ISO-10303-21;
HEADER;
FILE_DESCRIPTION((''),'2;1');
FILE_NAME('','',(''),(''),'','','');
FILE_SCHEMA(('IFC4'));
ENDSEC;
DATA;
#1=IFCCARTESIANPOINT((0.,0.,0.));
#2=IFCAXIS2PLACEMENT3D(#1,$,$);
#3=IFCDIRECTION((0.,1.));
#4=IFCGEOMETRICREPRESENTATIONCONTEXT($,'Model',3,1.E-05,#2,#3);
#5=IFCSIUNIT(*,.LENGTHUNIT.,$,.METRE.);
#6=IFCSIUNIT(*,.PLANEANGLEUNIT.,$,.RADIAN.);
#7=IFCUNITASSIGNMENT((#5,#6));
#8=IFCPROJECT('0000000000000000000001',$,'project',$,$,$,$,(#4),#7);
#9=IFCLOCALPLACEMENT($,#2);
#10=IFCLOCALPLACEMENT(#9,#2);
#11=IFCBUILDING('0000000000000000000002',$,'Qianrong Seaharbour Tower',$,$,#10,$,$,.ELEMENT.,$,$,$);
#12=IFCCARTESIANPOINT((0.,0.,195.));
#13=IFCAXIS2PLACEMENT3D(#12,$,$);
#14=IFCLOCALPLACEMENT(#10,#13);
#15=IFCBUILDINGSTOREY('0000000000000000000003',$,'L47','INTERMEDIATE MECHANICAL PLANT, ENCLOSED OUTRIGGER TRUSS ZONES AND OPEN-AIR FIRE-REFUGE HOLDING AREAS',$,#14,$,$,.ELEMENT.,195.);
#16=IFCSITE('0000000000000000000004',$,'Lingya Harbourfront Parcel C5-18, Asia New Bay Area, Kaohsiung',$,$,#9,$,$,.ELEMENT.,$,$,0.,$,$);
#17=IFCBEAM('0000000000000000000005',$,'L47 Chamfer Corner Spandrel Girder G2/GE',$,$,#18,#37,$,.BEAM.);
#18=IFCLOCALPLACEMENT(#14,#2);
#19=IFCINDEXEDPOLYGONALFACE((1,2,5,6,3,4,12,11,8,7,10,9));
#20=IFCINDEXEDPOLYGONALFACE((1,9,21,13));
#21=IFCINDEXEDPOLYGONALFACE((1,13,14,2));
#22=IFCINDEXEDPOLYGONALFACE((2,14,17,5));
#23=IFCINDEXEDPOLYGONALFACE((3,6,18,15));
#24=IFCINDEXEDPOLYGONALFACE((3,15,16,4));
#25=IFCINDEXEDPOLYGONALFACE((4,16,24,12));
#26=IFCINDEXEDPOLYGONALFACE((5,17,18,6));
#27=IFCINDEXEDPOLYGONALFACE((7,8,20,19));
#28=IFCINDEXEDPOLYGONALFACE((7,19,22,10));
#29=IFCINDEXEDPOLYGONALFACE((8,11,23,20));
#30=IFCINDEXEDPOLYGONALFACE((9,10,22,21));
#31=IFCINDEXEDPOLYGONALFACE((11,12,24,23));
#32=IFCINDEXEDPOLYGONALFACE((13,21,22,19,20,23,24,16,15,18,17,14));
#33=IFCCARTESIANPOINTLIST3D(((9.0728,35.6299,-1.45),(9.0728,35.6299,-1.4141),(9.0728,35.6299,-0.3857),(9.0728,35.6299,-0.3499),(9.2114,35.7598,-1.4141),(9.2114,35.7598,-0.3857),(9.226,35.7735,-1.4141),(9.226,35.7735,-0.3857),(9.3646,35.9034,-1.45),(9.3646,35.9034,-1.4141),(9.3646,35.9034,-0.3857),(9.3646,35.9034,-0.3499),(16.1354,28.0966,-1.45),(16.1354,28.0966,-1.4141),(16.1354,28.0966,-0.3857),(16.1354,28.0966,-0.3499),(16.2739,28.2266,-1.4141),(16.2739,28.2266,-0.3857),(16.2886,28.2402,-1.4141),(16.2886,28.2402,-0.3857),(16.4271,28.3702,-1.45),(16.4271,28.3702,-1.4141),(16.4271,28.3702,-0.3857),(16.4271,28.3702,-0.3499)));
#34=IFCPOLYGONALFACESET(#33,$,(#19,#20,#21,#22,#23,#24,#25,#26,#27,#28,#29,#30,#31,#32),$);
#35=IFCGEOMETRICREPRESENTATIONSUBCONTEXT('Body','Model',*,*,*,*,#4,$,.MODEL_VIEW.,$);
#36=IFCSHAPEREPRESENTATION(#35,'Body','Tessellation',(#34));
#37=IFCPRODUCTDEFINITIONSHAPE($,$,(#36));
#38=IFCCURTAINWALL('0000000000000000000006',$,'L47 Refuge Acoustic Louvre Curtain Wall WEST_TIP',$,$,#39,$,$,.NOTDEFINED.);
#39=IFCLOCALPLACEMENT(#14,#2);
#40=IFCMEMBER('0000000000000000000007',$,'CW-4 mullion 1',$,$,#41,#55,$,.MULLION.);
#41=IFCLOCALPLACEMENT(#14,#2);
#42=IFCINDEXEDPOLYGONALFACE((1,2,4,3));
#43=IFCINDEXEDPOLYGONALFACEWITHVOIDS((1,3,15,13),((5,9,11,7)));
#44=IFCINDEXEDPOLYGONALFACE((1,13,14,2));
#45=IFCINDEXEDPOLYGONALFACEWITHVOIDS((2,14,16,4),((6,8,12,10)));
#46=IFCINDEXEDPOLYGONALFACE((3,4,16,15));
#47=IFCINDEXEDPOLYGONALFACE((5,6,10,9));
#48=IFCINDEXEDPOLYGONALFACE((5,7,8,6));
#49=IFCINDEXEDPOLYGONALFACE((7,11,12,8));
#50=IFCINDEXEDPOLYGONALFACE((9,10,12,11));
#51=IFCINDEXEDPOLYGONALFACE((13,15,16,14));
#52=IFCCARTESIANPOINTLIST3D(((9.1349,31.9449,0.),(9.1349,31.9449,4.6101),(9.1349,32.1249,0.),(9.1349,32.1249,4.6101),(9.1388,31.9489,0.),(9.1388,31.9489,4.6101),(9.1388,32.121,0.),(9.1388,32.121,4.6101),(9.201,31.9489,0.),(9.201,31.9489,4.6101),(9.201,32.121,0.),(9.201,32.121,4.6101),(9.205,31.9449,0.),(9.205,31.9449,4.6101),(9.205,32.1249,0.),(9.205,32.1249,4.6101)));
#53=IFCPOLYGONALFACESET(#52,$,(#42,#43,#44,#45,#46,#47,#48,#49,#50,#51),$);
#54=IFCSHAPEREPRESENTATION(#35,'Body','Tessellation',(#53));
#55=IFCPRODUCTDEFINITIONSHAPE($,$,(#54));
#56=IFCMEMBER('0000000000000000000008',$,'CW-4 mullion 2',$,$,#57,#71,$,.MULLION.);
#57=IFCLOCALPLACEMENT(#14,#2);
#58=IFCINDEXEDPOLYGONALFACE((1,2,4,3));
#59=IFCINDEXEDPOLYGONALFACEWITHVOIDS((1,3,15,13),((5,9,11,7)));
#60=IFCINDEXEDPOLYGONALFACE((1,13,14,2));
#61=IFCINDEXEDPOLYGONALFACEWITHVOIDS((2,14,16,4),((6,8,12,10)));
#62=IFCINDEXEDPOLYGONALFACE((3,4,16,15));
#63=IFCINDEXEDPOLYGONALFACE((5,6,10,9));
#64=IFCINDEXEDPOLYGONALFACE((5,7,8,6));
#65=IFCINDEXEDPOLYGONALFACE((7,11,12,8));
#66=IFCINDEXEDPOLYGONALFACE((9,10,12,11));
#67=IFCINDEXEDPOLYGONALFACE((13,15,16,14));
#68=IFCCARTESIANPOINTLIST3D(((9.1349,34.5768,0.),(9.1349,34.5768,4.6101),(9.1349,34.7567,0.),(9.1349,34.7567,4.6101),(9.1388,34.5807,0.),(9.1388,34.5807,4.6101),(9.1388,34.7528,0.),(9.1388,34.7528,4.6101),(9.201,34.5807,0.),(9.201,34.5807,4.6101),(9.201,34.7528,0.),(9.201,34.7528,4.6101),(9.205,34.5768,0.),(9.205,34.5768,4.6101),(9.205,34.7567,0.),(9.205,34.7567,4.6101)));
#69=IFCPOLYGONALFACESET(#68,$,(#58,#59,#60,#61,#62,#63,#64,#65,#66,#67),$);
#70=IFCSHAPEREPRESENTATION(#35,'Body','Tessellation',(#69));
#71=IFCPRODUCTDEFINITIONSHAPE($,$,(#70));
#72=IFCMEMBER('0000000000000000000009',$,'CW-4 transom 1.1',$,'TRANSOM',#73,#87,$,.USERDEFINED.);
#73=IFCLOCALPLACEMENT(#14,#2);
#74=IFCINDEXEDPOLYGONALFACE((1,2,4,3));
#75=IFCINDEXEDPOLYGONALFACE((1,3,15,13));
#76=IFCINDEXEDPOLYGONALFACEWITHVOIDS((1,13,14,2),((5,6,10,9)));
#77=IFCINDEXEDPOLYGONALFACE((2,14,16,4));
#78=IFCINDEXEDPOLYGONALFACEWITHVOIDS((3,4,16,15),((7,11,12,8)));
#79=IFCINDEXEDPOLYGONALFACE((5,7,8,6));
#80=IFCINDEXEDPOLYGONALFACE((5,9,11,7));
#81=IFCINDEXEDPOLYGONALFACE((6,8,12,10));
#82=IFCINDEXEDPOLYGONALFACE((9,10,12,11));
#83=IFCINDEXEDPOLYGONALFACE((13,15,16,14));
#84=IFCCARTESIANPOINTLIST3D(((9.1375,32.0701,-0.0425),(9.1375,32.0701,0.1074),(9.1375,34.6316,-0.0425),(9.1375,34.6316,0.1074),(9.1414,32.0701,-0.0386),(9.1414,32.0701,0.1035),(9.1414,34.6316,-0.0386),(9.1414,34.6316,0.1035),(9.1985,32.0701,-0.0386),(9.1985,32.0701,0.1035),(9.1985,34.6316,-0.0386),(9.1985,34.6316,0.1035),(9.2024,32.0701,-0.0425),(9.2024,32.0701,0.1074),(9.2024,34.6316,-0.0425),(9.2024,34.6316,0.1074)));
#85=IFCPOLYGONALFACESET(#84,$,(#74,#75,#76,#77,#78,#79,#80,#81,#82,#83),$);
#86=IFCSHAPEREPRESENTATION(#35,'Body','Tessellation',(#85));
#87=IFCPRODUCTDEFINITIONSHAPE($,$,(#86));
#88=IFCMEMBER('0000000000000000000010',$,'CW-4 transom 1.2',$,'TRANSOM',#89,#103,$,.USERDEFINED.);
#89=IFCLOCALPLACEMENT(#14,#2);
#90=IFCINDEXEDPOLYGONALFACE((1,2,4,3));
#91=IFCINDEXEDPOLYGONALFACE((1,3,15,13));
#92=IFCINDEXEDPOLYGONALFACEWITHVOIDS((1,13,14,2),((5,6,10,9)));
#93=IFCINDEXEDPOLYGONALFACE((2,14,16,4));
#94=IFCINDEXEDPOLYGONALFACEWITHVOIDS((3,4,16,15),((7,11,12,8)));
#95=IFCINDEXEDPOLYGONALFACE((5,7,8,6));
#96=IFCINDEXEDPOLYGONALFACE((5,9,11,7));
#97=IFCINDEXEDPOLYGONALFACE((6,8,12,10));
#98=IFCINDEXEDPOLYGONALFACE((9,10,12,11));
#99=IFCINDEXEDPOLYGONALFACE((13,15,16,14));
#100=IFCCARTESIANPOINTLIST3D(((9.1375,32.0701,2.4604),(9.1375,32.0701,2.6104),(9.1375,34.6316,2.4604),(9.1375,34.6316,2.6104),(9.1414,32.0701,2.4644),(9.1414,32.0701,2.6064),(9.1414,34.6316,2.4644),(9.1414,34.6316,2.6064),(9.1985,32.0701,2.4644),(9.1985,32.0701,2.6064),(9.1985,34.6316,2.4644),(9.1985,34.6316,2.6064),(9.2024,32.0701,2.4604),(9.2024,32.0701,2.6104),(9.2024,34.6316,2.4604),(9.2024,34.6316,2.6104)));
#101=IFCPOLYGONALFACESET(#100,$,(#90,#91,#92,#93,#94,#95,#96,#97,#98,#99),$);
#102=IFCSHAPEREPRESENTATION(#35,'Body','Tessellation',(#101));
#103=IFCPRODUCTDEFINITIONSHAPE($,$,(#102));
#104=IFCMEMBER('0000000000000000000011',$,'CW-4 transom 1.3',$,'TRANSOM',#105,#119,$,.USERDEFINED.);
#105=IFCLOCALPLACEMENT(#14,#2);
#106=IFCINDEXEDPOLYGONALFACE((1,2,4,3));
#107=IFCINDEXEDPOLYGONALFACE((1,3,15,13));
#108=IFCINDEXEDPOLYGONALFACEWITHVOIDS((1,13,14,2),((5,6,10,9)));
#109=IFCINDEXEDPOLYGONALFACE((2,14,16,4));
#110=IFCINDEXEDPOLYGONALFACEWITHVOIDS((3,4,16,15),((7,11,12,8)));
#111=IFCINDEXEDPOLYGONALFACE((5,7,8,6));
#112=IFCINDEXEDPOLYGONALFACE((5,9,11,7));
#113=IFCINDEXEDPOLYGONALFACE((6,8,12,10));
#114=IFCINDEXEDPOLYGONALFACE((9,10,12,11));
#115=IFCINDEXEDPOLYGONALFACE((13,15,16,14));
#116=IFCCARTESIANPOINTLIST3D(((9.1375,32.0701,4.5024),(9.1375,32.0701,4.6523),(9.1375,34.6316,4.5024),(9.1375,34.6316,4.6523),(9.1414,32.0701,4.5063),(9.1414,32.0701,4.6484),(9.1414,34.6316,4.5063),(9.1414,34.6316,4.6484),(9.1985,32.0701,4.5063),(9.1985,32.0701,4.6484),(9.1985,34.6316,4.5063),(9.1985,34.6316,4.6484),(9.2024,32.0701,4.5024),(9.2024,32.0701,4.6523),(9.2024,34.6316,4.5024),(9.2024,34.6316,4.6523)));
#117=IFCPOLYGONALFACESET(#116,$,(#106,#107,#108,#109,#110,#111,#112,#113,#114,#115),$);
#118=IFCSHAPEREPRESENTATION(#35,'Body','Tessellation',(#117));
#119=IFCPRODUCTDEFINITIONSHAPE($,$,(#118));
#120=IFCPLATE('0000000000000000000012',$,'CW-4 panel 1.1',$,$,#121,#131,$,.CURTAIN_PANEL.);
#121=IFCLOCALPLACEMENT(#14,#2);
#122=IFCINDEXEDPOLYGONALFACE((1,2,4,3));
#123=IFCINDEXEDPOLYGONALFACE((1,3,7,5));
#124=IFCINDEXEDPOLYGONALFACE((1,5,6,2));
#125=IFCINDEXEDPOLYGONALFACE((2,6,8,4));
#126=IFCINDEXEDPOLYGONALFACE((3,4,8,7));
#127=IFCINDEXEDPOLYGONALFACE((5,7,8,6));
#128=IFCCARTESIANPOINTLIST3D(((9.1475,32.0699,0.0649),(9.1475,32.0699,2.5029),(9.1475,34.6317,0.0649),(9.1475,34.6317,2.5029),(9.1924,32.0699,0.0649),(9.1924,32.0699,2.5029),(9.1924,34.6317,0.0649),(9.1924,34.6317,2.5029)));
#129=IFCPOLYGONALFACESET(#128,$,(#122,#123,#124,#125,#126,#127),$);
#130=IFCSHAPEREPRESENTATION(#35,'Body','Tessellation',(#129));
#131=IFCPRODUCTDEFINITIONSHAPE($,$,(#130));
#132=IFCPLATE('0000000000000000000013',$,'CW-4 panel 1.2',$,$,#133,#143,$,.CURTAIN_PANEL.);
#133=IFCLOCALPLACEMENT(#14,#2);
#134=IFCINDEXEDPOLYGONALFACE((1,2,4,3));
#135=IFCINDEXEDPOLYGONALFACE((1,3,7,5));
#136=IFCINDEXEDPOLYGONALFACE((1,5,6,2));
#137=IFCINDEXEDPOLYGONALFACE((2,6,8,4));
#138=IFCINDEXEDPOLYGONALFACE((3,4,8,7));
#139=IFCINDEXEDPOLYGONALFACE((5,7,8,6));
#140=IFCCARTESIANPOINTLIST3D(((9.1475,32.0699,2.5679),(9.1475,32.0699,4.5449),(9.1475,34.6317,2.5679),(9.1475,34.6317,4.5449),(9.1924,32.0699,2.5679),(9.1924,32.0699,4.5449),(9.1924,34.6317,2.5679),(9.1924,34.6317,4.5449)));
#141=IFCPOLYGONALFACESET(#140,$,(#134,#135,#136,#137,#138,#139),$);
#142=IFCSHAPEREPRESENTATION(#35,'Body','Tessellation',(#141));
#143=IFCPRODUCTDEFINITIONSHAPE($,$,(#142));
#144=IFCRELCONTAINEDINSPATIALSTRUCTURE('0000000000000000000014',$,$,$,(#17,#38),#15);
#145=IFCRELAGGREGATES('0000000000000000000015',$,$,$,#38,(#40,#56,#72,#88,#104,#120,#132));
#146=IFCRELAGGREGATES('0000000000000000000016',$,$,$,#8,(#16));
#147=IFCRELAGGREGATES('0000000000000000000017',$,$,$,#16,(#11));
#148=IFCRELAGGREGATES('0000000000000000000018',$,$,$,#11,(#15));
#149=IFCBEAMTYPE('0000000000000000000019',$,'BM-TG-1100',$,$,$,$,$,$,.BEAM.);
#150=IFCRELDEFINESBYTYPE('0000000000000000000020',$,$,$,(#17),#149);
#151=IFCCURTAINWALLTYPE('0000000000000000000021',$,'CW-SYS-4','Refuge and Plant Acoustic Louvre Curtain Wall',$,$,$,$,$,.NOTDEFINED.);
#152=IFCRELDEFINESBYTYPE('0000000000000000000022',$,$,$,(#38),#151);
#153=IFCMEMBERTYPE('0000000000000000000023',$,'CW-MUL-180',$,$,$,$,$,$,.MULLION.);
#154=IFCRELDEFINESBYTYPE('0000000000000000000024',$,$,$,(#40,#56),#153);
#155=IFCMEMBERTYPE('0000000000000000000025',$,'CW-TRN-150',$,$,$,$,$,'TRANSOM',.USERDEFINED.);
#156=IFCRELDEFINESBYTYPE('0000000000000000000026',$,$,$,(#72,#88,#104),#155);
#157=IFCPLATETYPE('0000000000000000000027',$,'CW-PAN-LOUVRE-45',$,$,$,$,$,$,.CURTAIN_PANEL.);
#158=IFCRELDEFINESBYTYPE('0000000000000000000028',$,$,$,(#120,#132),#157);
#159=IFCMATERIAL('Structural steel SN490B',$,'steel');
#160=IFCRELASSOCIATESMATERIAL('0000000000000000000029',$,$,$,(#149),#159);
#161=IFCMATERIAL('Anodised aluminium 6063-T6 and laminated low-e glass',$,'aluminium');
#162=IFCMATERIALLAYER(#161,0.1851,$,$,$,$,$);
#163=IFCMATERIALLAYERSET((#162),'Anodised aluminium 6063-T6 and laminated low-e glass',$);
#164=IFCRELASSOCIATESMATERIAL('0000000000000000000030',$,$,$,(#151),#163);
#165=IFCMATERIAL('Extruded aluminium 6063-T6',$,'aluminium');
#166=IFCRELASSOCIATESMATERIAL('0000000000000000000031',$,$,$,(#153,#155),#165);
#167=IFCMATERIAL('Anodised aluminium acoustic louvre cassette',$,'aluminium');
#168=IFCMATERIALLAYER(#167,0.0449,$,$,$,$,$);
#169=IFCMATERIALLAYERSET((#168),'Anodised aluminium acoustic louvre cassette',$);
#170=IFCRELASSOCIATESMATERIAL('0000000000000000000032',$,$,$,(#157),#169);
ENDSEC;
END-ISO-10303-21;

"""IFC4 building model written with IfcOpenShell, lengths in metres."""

from ifc_helpers import new_model, si_unit, direction, frame, origin, origin_2d, place, context, subcontext, project, spatial, rectangle, hollow_rectangle, i_section, extrude, material, layer, layer_set, material_profile, profile_set, type_object, element, aggregate, save


model = new_model("IFC4")

# Units and contexts
model_context = context("Model", 3, precision=1e-05, world=origin(), true_north=direction((0.0, 1.0)))
body_context = subcontext(model_context, "Body", "Model", "MODEL_VIEW")
ifc_project = project(units=[si_unit("LENGTHUNIT", "METRE"), si_unit("PLANEANGLEUNIT", "RADIAN")], contexts=[model_context])

# Site, building, storey
site_placement = place(None, origin())
site = spatial("IfcSite", under=ifc_project, at=site_placement, Name="Lingya Harbourfront Parcel C5-18, Asia New Bay Area, Kaohsiung", CompositionType="ELEMENT", RefElevation=0.0)
building_placement = place(site_placement, origin())
building = spatial("IfcBuilding", under=site, at=building_placement, Name="Qianrong Seaharbour Tower", CompositionType="ELEMENT")
storey_placement = place(building_placement, frame((0.0, 0.0, 195.0)))
storey = spatial("IfcBuildingStorey", under=building, at=storey_placement, Name="L47", Description="INTERMEDIATE MECHANICAL PLANT, ENCLOSED OUTRIGGER TRUSS ZONES AND OPEN-AIR FIRE-REFUGE HOLDING AREAS", CompositionType="ELEMENT", Elevation=195.0)

# Shared definitions
ifc_material_1 = material(Name="Structural steel SN490B", Category="steel")

# Beam
ifc_material_profile_1 = material_profile(ifc_material_1, i_section(OverallWidth=0.3999, OverallDepth=1.1001, WebThickness=0.02, FlangeThickness=0.0359, at=origin_2d()), Name="BH1100x400x20x36")
ifc_profile_set_1 = profile_set([ifc_material_profile_1], Name="Structural steel SN490B")
beam_type_1 = type_object("IfcBeamType", Name="BM-TG-1100", PredefinedType="BEAM", material=ifc_profile_set_1)
beam_1_placement = place(storey_placement, frame((16.2812, 28.2334, -0.8999), z_axis=(-0.683947, 0.729531, 0.0), x_axis=(-0.729531, -0.683947, 0.0)))
element("IfcBeam", 1, at=beam_1_placement, inside=storey, type_object=beam_type_1, Name="L47 Chamfer Corner Spandrel Girder G2/GE", PredefinedType="BEAM", context=body_context, shape_type="SweptSolid", body=[
    extrude(i_section(OverallWidth=0.3999, OverallDepth=1.1001, WebThickness=0.02, FlangeThickness=0.0359, at=origin_2d()), origin(), (0.0, 0.0, 1.0), 10.3262),
])

# Curtain wall, members, plates
ifc_material_2 = material(Name="Anodised aluminium 6063-T6 and laminated low-e glass", Category="aluminium")
ifc_layer_1 = layer(ifc_material_2, 0.1851)
ifc_layer_set_1 = layer_set([ifc_layer_1], Name="Anodised aluminium 6063-T6 and laminated low-e glass")
curtain_wall_type = type_object("IfcCurtainWallType", Name="CW-SYS-4", Description="Refuge and Plant Acoustic Louvre Curtain Wall", PredefinedType="NOTDEFINED", material=ifc_layer_set_1)
curtain_wall_placement = place(storey_placement, origin())
curtain_wall = element("IfcCurtainWall", 2, at=curtain_wall_placement, inside=storey, type_object=curtain_wall_type, Name="L47 Refuge Acoustic Louvre Curtain Wall WEST_TIP", PredefinedType="NOTDEFINED")
ifc_material_3 = material(Name="Extruded aluminium 6063-T6", Category="aluminium")
ifc_material_profile_2 = material_profile(ifc_material_3, hollow_rectangle(XDim=0.0701, YDim=0.1799, WallThickness=0.0039, at=origin_2d()), Name="ALU-MUL-180x70x4")
ifc_profile_set_2 = profile_set([ifc_material_profile_2], Name="Extruded aluminium 6063-T6")
member_type_1 = type_object("IfcMemberType", Name="CW-MUL-180", PredefinedType="MULLION", material=ifc_profile_set_2)
member_1_placement = place(storey_placement, frame((9.1699, 32.0349, 0.0), z_axis=(0.0, 0.0, 1.0), x_axis=(-1.0, 0.0, 0.0)))
member_1 = element("IfcMember", 3, at=member_1_placement, type_object=member_type_1, Name="CW-4 mullion 1", PredefinedType="MULLION", context=body_context, shape_type="SweptSolid", body=[
    extrude(hollow_rectangle(XDim=0.0701, YDim=0.1799, WallThickness=0.0039, at=origin_2d()), origin(), (0.0, 0.0, 1.0), 4.6101),
])
member_2_placement = place(storey_placement, frame((9.1699, 34.6667, 0.0), z_axis=(0.0, 0.0, 1.0), x_axis=(-1.0, 0.0, 0.0)))
member_2 = element("IfcMember", 4, at=member_2_placement, type_object=member_type_1, Name="CW-4 mullion 2", PredefinedType="MULLION", context=body_context, shape_type="SweptSolid", body=[
    extrude(hollow_rectangle(XDim=0.0701, YDim=0.1799, WallThickness=0.0039, at=origin_2d()), origin(), (0.0, 0.0, 1.0), 4.6101),
])
ifc_material_profile_3 = material_profile(ifc_material_3, hollow_rectangle(XDim=0.0649, YDim=0.1499, WallThickness=0.0039, at=origin_2d()), Name="ALU-TRN-150x65x4")
ifc_profile_set_3 = profile_set([ifc_material_profile_3], Name="Extruded aluminium 6063-T6")
member_type_2 = type_object("IfcMemberType", Name="CW-TRN-150", ElementType="TRANSOM", PredefinedType="USERDEFINED", material=ifc_profile_set_3)
member_3_placement = place(storey_placement, frame((9.1699, 32.0701, 0.0325), z_axis=(0.0, 1.0, 0.0), x_axis=(-1.0, 0.0, 0.0)))
member_3 = element("IfcMember", 5, at=member_3_placement, type_object=member_type_2, Name="CW-4 transom 1.1", ObjectType="TRANSOM", PredefinedType="USERDEFINED", context=body_context, shape_type="SweptSolid", body=[
    extrude(hollow_rectangle(XDim=0.0649, YDim=0.1499, WallThickness=0.0039, at=origin_2d()), origin(), (0.0, 0.0, 1.0), 2.5615),
])
member_4_placement = place(storey_placement, frame((9.1699, 32.0701, 2.5354), z_axis=(0.0, 1.0, 0.0), x_axis=(-1.0, 0.0, 0.0)))
member_4 = element("IfcMember", 6, at=member_4_placement, type_object=member_type_2, Name="CW-4 transom 1.2", ObjectType="TRANSOM", PredefinedType="USERDEFINED", context=body_context, shape_type="SweptSolid", body=[
    extrude(hollow_rectangle(XDim=0.0649, YDim=0.1499, WallThickness=0.0039, at=origin_2d()), origin(), (0.0, 0.0, 1.0), 2.5615),
])
member_5_placement = place(storey_placement, frame((9.1699, 32.0701, 4.5774), z_axis=(0.0, 1.0, 0.0), x_axis=(-1.0, 0.0, 0.0)))
member_5 = element("IfcMember", 7, at=member_5_placement, type_object=member_type_2, Name="CW-4 transom 1.3", ObjectType="TRANSOM", PredefinedType="USERDEFINED", context=body_context, shape_type="SweptSolid", body=[
    extrude(hollow_rectangle(XDim=0.0649, YDim=0.1499, WallThickness=0.0039, at=origin_2d()), origin(), (0.0, 0.0, 1.0), 2.5615),
])
ifc_material_4 = material(Name="Anodised aluminium acoustic louvre cassette", Category="aluminium")
ifc_layer_2 = layer(ifc_material_4, 0.0449)
ifc_layer_set_2 = layer_set([ifc_layer_2], Name="Anodised aluminium acoustic louvre cassette")
plate_type = type_object("IfcPlateType", Name="CW-PAN-LOUVRE-45", PredefinedType="CURTAIN_PANEL", material=ifc_layer_set_2)
plate_1_placement = place(storey_placement, frame((9.1699, 33.3508, 0.0649), z_axis=(0.0, 0.0, 1.0), x_axis=(0.0, 1.0, 0.0)))
plate_1 = element("IfcPlate", 8, at=plate_1_placement, type_object=plate_type, Name="CW-4 panel 1.1", PredefinedType="CURTAIN_PANEL", context=body_context, shape_type="SweptSolid", body=[
    extrude(rectangle(XDim=2.5618, YDim=0.0449, at=origin_2d()), origin(), (0.0, 0.0, 1.0), 2.438),
])
plate_2_placement = place(storey_placement, frame((9.1699, 33.3508, 2.5679), z_axis=(0.0, 0.0, 1.0), x_axis=(0.0, 1.0, 0.0)))
plate_2 = element("IfcPlate", 9, at=plate_2_placement, type_object=plate_type, Name="CW-4 panel 1.2", PredefinedType="CURTAIN_PANEL", context=body_context, shape_type="SweptSolid", body=[
    extrude(rectangle(XDim=2.5618, YDim=0.0449, at=origin_2d()), origin(), (0.0, 0.0, 1.0), 1.9771),
])
aggregate(curtain_wall, [member_1, member_2, member_3, member_4, member_5, plate_1, plate_2])

save(model, "model.ifc")
